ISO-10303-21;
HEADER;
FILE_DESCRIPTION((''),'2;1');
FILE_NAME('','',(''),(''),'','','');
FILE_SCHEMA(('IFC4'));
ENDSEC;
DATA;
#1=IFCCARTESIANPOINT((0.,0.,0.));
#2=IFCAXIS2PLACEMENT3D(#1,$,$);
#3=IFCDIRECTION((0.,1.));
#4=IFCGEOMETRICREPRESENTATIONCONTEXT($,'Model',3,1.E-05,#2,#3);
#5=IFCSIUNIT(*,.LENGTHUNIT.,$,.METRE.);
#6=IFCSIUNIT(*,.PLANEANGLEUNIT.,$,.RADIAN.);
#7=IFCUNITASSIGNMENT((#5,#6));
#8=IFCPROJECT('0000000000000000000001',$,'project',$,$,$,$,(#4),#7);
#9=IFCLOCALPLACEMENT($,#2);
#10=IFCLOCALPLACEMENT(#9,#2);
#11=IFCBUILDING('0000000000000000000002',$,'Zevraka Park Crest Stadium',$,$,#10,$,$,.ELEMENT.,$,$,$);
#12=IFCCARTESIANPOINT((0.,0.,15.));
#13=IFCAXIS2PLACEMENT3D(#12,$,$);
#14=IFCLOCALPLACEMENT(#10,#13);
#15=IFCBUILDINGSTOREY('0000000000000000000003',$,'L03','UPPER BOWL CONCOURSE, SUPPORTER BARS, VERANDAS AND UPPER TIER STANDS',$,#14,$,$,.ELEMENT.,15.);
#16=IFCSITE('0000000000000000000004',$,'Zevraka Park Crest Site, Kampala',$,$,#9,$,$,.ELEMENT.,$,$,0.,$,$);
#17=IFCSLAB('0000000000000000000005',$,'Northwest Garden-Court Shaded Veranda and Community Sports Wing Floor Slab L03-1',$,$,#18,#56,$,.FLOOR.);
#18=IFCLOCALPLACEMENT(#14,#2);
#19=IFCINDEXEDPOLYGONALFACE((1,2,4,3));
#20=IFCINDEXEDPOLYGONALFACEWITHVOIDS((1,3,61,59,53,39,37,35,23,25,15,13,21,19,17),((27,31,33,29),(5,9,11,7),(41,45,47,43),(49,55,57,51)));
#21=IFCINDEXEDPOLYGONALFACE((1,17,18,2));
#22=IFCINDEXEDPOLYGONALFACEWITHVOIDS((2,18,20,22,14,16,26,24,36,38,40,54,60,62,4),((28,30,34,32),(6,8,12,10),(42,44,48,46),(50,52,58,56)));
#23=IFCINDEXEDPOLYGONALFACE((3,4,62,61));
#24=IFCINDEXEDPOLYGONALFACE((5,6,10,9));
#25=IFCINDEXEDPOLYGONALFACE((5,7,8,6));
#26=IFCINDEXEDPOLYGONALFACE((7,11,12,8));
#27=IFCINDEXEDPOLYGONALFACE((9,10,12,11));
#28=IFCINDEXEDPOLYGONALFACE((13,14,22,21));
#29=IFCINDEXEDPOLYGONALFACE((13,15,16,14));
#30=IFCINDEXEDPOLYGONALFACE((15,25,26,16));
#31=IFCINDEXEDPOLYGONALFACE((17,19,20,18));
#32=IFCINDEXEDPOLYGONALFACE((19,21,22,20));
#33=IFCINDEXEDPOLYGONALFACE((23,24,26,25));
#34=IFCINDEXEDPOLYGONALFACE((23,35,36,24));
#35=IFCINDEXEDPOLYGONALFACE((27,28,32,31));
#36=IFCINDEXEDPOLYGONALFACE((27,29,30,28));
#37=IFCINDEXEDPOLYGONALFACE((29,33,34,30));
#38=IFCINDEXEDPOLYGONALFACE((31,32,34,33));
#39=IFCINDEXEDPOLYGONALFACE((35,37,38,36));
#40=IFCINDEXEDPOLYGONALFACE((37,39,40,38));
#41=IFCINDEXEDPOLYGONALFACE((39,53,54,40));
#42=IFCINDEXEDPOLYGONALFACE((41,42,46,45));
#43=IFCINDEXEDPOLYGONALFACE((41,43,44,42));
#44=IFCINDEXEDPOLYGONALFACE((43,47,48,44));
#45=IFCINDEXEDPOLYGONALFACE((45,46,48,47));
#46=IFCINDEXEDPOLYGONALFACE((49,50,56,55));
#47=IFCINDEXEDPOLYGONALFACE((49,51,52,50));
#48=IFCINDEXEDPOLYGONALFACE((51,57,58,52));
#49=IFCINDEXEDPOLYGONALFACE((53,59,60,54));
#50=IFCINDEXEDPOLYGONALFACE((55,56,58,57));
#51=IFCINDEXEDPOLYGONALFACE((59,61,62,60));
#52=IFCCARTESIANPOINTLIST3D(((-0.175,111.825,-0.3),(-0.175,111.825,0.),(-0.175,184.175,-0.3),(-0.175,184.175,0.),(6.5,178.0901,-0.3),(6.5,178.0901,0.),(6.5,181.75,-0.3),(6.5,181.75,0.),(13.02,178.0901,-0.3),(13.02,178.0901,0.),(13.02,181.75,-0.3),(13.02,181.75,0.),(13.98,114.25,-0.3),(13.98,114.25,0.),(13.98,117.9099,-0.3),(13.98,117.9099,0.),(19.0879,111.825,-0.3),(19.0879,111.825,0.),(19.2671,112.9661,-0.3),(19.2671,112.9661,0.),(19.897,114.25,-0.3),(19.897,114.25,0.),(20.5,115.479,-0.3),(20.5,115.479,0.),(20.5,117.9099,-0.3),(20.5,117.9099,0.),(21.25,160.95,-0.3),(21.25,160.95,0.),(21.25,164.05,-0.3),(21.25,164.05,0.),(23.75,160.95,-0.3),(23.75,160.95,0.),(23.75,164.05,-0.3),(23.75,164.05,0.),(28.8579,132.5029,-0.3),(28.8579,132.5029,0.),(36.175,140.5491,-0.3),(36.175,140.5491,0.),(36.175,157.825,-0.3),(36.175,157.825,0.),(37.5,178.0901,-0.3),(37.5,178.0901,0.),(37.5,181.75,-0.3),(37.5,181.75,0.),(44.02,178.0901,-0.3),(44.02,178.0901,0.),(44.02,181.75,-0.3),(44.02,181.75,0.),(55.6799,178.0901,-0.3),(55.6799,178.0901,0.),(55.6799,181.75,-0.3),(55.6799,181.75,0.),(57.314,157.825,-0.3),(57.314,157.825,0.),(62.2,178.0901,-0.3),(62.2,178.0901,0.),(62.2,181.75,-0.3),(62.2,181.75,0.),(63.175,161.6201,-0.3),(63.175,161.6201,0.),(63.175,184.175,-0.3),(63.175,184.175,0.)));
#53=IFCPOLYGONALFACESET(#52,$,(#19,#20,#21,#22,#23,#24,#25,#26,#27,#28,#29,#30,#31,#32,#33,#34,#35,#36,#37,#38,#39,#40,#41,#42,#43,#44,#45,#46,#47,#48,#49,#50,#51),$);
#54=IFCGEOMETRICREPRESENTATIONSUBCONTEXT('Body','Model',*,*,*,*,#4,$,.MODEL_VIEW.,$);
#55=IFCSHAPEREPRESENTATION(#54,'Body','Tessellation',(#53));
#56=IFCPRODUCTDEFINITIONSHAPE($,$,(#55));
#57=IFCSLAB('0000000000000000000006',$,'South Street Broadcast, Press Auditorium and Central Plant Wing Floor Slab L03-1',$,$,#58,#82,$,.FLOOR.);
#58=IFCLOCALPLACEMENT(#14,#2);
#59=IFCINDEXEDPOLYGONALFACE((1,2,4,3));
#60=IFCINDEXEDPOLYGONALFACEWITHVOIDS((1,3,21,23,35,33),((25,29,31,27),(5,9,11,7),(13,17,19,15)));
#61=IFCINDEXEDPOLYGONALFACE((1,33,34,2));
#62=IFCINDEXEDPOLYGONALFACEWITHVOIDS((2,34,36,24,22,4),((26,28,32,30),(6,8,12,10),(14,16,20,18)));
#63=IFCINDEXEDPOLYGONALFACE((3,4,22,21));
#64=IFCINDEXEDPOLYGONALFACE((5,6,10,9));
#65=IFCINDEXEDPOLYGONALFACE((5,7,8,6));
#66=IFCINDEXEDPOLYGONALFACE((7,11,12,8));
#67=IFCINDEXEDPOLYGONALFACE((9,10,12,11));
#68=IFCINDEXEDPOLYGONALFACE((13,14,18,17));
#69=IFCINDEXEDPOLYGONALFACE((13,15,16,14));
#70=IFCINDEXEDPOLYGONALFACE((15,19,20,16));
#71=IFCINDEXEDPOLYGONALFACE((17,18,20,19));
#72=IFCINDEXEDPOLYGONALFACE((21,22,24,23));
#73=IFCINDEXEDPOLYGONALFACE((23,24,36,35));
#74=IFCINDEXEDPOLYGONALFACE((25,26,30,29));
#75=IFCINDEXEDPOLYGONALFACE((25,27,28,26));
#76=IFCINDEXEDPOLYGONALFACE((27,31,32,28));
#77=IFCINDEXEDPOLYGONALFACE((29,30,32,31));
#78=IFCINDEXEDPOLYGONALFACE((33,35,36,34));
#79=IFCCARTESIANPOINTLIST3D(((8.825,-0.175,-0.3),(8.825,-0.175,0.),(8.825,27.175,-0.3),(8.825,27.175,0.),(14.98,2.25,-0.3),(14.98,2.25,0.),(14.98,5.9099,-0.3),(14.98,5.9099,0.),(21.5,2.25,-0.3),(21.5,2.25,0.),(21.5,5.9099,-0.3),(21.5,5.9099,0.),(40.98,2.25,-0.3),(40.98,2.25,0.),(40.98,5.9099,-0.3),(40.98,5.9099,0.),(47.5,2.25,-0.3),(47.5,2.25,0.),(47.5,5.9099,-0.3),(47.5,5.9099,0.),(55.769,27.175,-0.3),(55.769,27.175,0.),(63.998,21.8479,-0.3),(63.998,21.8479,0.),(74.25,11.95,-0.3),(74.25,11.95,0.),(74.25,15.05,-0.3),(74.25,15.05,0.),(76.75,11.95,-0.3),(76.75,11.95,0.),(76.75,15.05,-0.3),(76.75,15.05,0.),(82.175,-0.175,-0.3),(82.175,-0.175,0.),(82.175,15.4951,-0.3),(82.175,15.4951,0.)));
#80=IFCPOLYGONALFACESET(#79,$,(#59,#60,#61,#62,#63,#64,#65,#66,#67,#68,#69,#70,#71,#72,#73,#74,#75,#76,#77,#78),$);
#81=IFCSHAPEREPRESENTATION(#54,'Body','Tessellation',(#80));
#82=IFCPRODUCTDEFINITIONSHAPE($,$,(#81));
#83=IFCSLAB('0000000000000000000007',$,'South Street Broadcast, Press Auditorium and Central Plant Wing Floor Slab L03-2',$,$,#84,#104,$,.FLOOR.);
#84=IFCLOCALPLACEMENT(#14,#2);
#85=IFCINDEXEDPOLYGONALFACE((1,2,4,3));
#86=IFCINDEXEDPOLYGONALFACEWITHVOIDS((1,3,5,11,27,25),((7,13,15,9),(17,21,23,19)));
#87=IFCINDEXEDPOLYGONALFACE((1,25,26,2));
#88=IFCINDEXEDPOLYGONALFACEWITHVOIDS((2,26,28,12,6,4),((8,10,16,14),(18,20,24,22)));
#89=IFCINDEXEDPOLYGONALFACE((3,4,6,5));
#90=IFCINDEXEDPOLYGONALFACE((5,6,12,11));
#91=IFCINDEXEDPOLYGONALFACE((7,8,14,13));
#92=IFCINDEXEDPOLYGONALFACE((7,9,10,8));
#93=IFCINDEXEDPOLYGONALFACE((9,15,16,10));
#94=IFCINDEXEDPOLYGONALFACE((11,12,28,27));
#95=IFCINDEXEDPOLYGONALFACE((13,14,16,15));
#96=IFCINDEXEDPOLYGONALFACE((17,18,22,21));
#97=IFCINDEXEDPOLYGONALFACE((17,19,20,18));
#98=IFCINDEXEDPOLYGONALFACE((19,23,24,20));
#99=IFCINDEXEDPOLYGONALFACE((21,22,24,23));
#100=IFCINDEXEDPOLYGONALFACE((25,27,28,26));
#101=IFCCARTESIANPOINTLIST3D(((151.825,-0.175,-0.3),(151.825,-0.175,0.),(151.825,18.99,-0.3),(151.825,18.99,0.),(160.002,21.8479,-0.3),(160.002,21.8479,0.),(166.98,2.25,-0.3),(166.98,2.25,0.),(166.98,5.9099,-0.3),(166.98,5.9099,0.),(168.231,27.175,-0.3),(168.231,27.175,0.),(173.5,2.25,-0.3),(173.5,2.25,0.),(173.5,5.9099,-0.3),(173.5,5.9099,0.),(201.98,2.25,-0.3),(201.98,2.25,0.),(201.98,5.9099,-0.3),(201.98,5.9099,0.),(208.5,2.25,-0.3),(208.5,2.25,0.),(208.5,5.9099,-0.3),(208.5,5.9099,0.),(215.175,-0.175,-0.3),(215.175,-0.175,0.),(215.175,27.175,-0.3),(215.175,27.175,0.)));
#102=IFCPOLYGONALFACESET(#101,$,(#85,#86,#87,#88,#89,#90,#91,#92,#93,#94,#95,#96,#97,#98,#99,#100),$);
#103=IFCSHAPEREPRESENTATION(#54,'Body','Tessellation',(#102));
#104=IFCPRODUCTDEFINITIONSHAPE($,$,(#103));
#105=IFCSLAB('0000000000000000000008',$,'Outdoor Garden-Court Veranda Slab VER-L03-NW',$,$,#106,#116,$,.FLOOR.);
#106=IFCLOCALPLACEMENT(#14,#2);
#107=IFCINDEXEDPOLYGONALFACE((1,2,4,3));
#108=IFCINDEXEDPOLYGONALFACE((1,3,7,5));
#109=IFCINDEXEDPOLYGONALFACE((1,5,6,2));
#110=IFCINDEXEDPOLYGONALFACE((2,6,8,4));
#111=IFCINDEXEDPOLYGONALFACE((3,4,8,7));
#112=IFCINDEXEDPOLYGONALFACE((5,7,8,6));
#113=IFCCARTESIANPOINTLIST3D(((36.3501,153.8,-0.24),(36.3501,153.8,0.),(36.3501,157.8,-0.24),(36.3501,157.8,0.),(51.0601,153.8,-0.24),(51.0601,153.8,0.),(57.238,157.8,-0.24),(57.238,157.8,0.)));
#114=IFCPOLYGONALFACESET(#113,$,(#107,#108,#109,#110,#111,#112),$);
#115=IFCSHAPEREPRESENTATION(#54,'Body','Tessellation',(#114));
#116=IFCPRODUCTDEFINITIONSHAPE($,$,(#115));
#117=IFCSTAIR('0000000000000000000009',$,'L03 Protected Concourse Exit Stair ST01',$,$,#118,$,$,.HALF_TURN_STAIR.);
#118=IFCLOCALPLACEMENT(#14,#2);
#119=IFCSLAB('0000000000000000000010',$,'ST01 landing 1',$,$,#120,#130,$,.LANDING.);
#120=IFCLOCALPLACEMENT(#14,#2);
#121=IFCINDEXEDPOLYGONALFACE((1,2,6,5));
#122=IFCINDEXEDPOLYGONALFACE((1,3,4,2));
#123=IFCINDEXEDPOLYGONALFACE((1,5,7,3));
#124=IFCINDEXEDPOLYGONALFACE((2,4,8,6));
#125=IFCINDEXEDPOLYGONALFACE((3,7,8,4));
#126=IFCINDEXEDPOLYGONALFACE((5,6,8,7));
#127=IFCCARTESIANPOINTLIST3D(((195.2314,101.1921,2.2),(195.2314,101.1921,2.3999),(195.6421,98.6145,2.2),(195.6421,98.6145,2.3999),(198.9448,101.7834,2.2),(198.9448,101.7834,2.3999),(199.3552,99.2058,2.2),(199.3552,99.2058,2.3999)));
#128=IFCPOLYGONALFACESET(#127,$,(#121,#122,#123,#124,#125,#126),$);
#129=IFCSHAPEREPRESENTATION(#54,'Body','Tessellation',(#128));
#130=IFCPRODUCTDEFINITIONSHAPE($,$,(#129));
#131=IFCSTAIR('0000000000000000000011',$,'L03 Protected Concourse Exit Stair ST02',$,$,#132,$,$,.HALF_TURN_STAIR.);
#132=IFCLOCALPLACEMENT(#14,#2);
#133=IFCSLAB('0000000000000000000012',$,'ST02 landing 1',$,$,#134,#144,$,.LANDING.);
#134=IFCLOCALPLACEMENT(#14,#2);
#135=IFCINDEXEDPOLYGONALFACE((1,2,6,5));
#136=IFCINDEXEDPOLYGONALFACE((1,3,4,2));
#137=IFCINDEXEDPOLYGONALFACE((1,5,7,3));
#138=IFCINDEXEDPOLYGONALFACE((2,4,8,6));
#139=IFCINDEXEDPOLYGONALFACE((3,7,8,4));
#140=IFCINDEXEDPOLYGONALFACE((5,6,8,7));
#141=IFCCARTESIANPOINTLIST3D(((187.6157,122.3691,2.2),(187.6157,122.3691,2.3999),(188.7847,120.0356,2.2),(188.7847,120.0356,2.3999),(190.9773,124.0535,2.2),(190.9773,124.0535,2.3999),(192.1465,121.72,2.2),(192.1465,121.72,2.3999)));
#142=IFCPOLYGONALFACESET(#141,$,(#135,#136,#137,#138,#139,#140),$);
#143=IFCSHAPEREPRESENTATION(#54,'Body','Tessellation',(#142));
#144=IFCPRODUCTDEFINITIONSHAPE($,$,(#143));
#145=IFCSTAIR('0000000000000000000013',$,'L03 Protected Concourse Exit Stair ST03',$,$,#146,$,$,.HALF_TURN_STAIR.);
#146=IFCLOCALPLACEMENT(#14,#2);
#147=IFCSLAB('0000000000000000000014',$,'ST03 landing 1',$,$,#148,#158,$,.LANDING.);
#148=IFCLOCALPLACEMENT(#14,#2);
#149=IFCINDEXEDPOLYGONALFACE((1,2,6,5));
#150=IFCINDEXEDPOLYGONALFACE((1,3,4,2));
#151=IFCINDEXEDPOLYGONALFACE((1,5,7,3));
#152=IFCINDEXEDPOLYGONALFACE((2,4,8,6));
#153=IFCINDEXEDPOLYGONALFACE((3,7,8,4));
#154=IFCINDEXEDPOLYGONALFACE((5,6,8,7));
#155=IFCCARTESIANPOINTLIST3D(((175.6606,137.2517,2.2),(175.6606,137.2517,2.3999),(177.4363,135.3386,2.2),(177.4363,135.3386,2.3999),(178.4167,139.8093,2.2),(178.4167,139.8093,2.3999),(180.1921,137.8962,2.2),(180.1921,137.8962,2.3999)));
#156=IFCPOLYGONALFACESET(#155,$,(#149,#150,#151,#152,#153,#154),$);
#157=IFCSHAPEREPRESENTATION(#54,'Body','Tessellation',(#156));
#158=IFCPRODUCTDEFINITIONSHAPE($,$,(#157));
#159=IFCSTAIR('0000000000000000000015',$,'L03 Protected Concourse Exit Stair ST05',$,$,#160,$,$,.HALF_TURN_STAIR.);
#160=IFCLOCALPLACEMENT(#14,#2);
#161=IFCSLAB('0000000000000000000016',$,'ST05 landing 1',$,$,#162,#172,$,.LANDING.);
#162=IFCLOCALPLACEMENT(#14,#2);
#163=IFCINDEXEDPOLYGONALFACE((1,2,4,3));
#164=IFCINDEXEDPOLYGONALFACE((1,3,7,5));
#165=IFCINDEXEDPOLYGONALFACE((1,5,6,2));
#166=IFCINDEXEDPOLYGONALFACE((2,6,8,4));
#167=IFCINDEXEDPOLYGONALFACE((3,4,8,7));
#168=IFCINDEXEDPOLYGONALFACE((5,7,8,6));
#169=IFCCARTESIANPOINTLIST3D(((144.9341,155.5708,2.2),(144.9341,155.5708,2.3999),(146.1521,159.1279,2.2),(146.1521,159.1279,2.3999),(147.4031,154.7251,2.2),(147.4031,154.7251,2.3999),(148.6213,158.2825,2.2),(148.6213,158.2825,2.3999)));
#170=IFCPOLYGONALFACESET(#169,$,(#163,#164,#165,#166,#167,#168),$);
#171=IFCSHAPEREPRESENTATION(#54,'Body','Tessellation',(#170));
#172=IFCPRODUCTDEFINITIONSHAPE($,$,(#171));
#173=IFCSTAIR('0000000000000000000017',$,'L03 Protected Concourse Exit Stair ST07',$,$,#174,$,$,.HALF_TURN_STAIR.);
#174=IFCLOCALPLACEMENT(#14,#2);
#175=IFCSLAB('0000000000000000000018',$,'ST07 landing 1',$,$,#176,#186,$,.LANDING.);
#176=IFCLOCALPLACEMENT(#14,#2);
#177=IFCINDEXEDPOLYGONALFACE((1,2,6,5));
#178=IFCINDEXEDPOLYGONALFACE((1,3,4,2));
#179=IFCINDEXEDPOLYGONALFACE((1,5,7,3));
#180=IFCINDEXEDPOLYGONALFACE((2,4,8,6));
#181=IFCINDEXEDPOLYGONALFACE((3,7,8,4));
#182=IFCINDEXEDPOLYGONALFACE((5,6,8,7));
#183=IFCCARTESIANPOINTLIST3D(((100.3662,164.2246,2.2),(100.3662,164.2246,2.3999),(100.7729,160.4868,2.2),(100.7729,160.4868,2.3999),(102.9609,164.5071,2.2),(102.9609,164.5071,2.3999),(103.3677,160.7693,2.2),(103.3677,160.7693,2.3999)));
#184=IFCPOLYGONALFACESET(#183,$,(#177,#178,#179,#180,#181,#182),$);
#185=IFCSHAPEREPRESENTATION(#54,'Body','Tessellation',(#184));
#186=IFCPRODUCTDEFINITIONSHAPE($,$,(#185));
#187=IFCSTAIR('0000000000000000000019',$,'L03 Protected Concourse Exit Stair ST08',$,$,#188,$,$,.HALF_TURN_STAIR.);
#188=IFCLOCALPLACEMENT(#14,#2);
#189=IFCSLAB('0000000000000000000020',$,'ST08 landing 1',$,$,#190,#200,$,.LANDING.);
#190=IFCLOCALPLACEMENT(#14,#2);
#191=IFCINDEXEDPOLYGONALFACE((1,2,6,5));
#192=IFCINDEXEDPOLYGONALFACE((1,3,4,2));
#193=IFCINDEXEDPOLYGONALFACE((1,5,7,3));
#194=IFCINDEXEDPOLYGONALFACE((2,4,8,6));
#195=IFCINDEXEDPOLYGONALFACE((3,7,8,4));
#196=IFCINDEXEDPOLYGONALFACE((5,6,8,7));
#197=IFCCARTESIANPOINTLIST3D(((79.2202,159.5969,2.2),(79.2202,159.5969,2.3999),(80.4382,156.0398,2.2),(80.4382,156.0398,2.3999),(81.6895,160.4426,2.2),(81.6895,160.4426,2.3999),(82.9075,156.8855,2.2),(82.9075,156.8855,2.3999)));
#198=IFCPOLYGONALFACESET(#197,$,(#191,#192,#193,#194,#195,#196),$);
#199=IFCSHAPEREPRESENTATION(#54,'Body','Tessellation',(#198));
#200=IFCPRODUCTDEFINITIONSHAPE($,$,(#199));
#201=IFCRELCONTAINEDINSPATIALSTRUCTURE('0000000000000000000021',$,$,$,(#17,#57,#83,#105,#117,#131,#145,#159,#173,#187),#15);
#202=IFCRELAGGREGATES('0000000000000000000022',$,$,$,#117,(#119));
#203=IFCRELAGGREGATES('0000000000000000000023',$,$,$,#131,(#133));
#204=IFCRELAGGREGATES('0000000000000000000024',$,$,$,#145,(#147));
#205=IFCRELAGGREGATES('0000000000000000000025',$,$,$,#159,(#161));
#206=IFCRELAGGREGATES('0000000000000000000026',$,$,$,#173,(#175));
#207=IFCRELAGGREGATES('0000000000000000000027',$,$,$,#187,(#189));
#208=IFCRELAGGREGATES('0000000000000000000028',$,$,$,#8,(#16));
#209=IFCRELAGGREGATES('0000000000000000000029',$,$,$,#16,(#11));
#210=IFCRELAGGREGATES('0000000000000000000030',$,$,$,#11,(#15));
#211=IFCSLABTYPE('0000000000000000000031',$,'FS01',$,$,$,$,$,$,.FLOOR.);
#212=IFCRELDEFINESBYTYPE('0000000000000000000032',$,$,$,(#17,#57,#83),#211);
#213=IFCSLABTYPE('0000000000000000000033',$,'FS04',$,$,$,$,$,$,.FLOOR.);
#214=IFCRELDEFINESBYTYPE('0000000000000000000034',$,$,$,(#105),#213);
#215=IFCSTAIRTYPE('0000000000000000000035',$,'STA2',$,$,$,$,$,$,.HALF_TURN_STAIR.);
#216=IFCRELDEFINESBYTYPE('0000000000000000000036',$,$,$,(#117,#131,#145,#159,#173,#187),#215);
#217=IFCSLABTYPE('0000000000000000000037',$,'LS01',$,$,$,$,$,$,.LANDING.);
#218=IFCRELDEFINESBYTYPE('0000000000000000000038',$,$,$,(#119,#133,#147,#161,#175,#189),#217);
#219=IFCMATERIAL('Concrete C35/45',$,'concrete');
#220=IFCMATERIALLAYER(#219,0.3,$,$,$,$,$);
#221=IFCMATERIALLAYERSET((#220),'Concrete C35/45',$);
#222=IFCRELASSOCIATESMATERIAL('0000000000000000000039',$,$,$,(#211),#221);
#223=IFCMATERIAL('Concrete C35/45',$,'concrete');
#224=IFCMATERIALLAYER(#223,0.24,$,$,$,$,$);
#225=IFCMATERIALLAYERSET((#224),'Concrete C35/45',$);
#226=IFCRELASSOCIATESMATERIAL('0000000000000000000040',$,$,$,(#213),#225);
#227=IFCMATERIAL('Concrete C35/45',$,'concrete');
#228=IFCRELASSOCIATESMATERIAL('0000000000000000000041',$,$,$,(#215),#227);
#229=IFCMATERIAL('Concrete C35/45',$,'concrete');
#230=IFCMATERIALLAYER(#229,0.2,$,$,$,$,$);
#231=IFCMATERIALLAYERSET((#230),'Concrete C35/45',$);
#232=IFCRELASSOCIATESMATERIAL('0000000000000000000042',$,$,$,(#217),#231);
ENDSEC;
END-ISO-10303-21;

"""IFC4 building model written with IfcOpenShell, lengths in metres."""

from ifc_helpers import new_model, si_unit, direction, frame, origin, place, context, subcontext, project, spatial, polyline, outline, extrude, material, layer, layer_set, type_object, element, aggregate, save


model = new_model("IFC4")

# Units and contexts
model_context = context("Model", 3, precision=1e-05, world=origin(), true_north=direction((0.0, 1.0)))
body_context = subcontext(model_context, "Body", "Model", "MODEL_VIEW")
ifc_project = project(units=[si_unit("LENGTHUNIT", "METRE"), si_unit("PLANEANGLEUNIT", "RADIAN")], contexts=[model_context])

# Site, building, storey
site_placement = place(None, origin())
site = spatial("IfcSite", under=ifc_project, at=site_placement, Name="Zevraka Park Crest Site, Kampala", CompositionType="ELEMENT", RefElevation=0.0)
building_placement = place(site_placement, origin())
building = spatial("IfcBuilding", under=site, at=building_placement, Name="Zevraka Park Crest Stadium", CompositionType="ELEMENT")
storey_placement = place(building_placement, frame((0.0, 0.0, 15.0)))
storey = spatial("IfcBuildingStorey", under=building, at=storey_placement, Name="L03", Description="UPPER BOWL CONCOURSE, SUPPORTER BARS, VERANDAS AND UPPER TIER STANDS", CompositionType="ELEMENT", Elevation=15.0)

# Slabs
ifc_material_1 = material(Name="Concrete C35/45", Category="concrete")
ifc_layer_1 = layer(ifc_material_1, 0.3)
ifc_layer_set_1 = layer_set([ifc_layer_1], Name="Concrete C35/45")
slab_type_1 = type_object("IfcSlabType", Name="FS01", PredefinedType="FLOOR", material=ifc_layer_set_1)
slab_1_placement = place(storey_placement, frame((0.0, 0.0, -0.3)))
element("IfcSlab", 1, at=slab_1_placement, inside=storey, type_object=slab_type_1, Name="Northwest Garden-Court Shaded Veranda and Community Sports Wing Floor Slab L03-1", PredefinedType="FLOOR", context=body_context, shape_type="SweptSolid", body=[
    extrude(outline(polyline([(-0.175, 184.175), (63.175, 184.175), (63.175, 161.6201), (57.314, 157.825), (36.175, 157.825), (36.175, 140.5491), (28.8579, 132.5029), (20.5, 115.479), (20.5, 117.9099), (13.98, 117.9099), (13.98, 114.25), (19.897, 114.25), (19.2671, 112.9661), (19.0879, 111.825), (-0.175, 111.825), (-0.175, 184.175)]), holes=[polyline([(21.25, 164.05), (21.25, 160.95), (23.75, 160.95), (23.75, 164.05), (21.25, 164.05)]), polyline([(13.02, 178.0901), (13.02, 181.75), (6.5, 181.75), (6.5, 178.0901), (13.02, 178.0901)]), polyline([(37.5, 178.0901), (44.02, 178.0901), (44.02, 181.75), (37.5, 181.75), (37.5, 178.0901)]), polyline([(62.2, 181.75), (55.6799, 181.75), (55.6799, 178.0901), (62.2, 178.0901), (62.2, 181.75)])]), origin(), (0.0, 0.0, 1.0), 0.3),
])
slab_2_placement = place(storey_placement, frame((0.0, 0.0, -0.3)))
element("IfcSlab", 2, at=slab_2_placement, inside=storey, type_object=slab_type_1, Name="South Street Broadcast, Press Auditorium and Central Plant Wing Floor Slab L03-1", PredefinedType="FLOOR", context=body_context, shape_type="SweptSolid", body=[
    extrude(outline(polyline([(63.998, 21.8479), (82.175, 15.4951), (82.175, -0.175), (8.825, -0.175), (8.825, 27.175), (55.769, 27.175), (63.998, 21.8479)]), holes=[polyline([(14.98, 2.25), (21.5, 2.25), (21.5, 5.9099), (14.98, 5.9099), (14.98, 2.25)]), polyline([(40.98, 5.9099), (40.98, 2.25), (47.5, 2.25), (47.5, 5.9099), (40.98, 5.9099)]), polyline([(74.25, 15.05), (74.25, 11.95), (76.75, 11.95), (76.75, 15.05), (74.25, 15.05)])]), origin(), (0.0, 0.0, 1.0), 0.3),
])
slab_3_placement = place(storey_placement, frame((0.0, 0.0, -0.3)))
element("IfcSlab", 3, at=slab_3_placement, inside=storey, type_object=slab_type_1, Name="South Street Broadcast, Press Auditorium and Central Plant Wing Floor Slab L03-2", PredefinedType="FLOOR", context=body_context, shape_type="SweptSolid", body=[
    extrude(outline(polyline([(215.175, -0.175), (151.825, -0.175), (151.825, 18.99), (160.002, 21.8479), (168.231, 27.175), (215.175, 27.175), (215.175, -0.175)]), holes=[polyline([(166.98, 2.25), (173.5, 2.25), (173.5, 5.9099), (166.98, 5.9099), (166.98, 2.25)]), polyline([(201.98, 2.25), (208.5, 2.25), (208.5, 5.9099), (201.98, 5.9099), (201.98, 2.25)])]), origin(), (0.0, 0.0, 1.0), 0.3),
])
ifc_material_2 = material(Name="Concrete C35/45", Category="concrete")
ifc_layer_2 = layer(ifc_material_2, 0.24)
ifc_layer_set_2 = layer_set([ifc_layer_2], Name="Concrete C35/45")
slab_type_2 = type_object("IfcSlabType", Name="FS04", PredefinedType="FLOOR", material=ifc_layer_set_2)
slab_4_placement = place(storey_placement, frame((0.0, 0.0, -0.24)))
element("IfcSlab", 4, at=slab_4_placement, inside=storey, type_object=slab_type_2, Name="Outdoor Garden-Court Veranda Slab VER-L03-NW", PredefinedType="FLOOR", context=body_context, shape_type="SweptSolid", body=[
    extrude(outline(polyline([(36.3501, 153.8), (36.3501, 157.8), (57.238, 157.8), (51.0601, 153.8), (36.3501, 153.8)])), origin(), (0.0, 0.0, 1.0), 0.24),
])

# Stairs, slabs
ifc_material_3 = material(Name="Concrete C35/45", Category="concrete")
stair_type_1 = type_object("IfcStairType", Name="STA2", PredefinedType="HALF_TURN_STAIR", material=ifc_material_3)
stair_1_placement = place(storey_placement, origin())
stair_1 = element("IfcStair", 5, at=stair_1_placement, inside=storey, type_object=stair_type_1, Name="L03 Protected Concourse Exit Stair ST01", PredefinedType="HALF_TURN_STAIR")
ifc_material_4 = material(Name="Concrete C35/45", Category="concrete")
ifc_layer_3 = layer(ifc_material_4, 0.2)
ifc_layer_set_3 = layer_set([ifc_layer_3], Name="Concrete C35/45")
slab_type_3 = type_object("IfcSlabType", Name="LS01", PredefinedType="LANDING", material=ifc_layer_set_3)
slab_5_placement = place(storey_placement, frame((0.0, 0.0, 2.2)))
slab_5 = element("IfcSlab", 6, at=slab_5_placement, type_object=slab_type_3, Name="ST01 landing 1", PredefinedType="LANDING", context=body_context, shape_type="SweptSolid", body=[
    extrude(outline(polyline([(199.3552, 99.2058), (198.9448, 101.7834), (195.2314, 101.1921), (195.6421, 98.6145), (199.3552, 99.2058)])), origin(), (0.0, 0.0, 1.0), 0.2),
])
aggregate(stair_1, [slab_5])
stair_2_placement = place(storey_placement, origin())
stair_2 = element("IfcStair", 7, at=stair_2_placement, inside=storey, type_object=stair_type_1, Name="L03 Protected Concourse Exit Stair ST02", PredefinedType="HALF_TURN_STAIR")
slab_6_placement = place(storey_placement, frame((0.0, 0.0, 2.2)))
slab_6 = element("IfcSlab", 8, at=slab_6_placement, type_object=slab_type_3, Name="ST02 landing 1", PredefinedType="LANDING", context=body_context, shape_type="SweptSolid", body=[
    extrude(outline(polyline([(192.1465, 121.72), (190.9773, 124.0535), (187.6157, 122.3691), (188.7847, 120.0356), (192.1465, 121.72)])), origin(), (0.0, 0.0, 1.0), 0.2),
])
aggregate(stair_2, [slab_6])
stair_3_placement = place(storey_placement, origin())
stair_3 = element("IfcStair", 9, at=stair_3_placement, inside=storey, type_object=stair_type_1, Name="L03 Protected Concourse Exit Stair ST03", PredefinedType="HALF_TURN_STAIR")
slab_7_placement = place(storey_placement, frame((0.0, 0.0, 2.2)))
slab_7 = element("IfcSlab", 10, at=slab_7_placement, type_object=slab_type_3, Name="ST03 landing 1", PredefinedType="LANDING", context=body_context, shape_type="SweptSolid", body=[
    extrude(outline(polyline([(180.1921, 137.8962), (178.4167, 139.8093), (175.6606, 137.2517), (177.4363, 135.3386), (180.1921, 137.8962)])), origin(), (0.0, 0.0, 1.0), 0.2),
])
aggregate(stair_3, [slab_7])
stair_4_placement = place(storey_placement, origin())
stair_4 = element("IfcStair", 11, at=stair_4_placement, inside=storey, type_object=stair_type_1, Name="L03 Protected Concourse Exit Stair ST05", PredefinedType="HALF_TURN_STAIR")
slab_8_placement = place(storey_placement, frame((0.0, 0.0, 2.2)))
slab_8 = element("IfcSlab", 12, at=slab_8_placement, type_object=slab_type_3, Name="ST05 landing 1", PredefinedType="LANDING", context=body_context, shape_type="SweptSolid", body=[
    extrude(outline(polyline([(148.6213, 158.2825), (146.1521, 159.1279), (144.9341, 155.5708), (147.4031, 154.7251), (148.6213, 158.2825)])), origin(), (0.0, 0.0, 1.0), 0.2),
])
aggregate(stair_4, [slab_8])
stair_5_placement = place(storey_placement, origin())
stair_5 = element("IfcStair", 13, at=stair_5_placement, inside=storey, type_object=stair_type_1, Name="L03 Protected Concourse Exit Stair ST07", PredefinedType="HALF_TURN_STAIR")
slab_9_placement = place(storey_placement, frame((0.0, 0.0, 2.2)))
slab_9 = element("IfcSlab", 14, at=slab_9_placement, type_object=slab_type_3, Name="ST07 landing 1", PredefinedType="LANDING", context=body_context, shape_type="SweptSolid", body=[
    extrude(outline(polyline([(102.9609, 164.5071), (100.3662, 164.2246), (100.7729, 160.4868), (103.3677, 160.7693), (102.9609, 164.5071)])), origin(), (0.0, 0.0, 1.0), 0.2),
])
aggregate(stair_5, [slab_9])
stair_6_placement = place(storey_placement, origin())
stair_6 = element("IfcStair", 15, at=stair_6_placement, inside=storey, type_object=stair_type_1, Name="L03 Protected Concourse Exit Stair ST08", PredefinedType="HALF_TURN_STAIR")
slab_10_placement = place(storey_placement, frame((0.0, 0.0, 2.2)))
slab_10 = element("IfcSlab", 16, at=slab_10_placement, type_object=slab_type_3, Name="ST08 landing 1", PredefinedType="LANDING", context=body_context, shape_type="SweptSolid", body=[
    extrude(outline(polyline([(81.6895, 160.4426), (79.2202, 159.5969), (80.4382, 156.0398), (82.9075, 156.8855), (81.6895, 160.4426)])), origin(), (0.0, 0.0, 1.0), 0.2),
])
aggregate(stair_6, [slab_10])

save(model, "model.ifc")
